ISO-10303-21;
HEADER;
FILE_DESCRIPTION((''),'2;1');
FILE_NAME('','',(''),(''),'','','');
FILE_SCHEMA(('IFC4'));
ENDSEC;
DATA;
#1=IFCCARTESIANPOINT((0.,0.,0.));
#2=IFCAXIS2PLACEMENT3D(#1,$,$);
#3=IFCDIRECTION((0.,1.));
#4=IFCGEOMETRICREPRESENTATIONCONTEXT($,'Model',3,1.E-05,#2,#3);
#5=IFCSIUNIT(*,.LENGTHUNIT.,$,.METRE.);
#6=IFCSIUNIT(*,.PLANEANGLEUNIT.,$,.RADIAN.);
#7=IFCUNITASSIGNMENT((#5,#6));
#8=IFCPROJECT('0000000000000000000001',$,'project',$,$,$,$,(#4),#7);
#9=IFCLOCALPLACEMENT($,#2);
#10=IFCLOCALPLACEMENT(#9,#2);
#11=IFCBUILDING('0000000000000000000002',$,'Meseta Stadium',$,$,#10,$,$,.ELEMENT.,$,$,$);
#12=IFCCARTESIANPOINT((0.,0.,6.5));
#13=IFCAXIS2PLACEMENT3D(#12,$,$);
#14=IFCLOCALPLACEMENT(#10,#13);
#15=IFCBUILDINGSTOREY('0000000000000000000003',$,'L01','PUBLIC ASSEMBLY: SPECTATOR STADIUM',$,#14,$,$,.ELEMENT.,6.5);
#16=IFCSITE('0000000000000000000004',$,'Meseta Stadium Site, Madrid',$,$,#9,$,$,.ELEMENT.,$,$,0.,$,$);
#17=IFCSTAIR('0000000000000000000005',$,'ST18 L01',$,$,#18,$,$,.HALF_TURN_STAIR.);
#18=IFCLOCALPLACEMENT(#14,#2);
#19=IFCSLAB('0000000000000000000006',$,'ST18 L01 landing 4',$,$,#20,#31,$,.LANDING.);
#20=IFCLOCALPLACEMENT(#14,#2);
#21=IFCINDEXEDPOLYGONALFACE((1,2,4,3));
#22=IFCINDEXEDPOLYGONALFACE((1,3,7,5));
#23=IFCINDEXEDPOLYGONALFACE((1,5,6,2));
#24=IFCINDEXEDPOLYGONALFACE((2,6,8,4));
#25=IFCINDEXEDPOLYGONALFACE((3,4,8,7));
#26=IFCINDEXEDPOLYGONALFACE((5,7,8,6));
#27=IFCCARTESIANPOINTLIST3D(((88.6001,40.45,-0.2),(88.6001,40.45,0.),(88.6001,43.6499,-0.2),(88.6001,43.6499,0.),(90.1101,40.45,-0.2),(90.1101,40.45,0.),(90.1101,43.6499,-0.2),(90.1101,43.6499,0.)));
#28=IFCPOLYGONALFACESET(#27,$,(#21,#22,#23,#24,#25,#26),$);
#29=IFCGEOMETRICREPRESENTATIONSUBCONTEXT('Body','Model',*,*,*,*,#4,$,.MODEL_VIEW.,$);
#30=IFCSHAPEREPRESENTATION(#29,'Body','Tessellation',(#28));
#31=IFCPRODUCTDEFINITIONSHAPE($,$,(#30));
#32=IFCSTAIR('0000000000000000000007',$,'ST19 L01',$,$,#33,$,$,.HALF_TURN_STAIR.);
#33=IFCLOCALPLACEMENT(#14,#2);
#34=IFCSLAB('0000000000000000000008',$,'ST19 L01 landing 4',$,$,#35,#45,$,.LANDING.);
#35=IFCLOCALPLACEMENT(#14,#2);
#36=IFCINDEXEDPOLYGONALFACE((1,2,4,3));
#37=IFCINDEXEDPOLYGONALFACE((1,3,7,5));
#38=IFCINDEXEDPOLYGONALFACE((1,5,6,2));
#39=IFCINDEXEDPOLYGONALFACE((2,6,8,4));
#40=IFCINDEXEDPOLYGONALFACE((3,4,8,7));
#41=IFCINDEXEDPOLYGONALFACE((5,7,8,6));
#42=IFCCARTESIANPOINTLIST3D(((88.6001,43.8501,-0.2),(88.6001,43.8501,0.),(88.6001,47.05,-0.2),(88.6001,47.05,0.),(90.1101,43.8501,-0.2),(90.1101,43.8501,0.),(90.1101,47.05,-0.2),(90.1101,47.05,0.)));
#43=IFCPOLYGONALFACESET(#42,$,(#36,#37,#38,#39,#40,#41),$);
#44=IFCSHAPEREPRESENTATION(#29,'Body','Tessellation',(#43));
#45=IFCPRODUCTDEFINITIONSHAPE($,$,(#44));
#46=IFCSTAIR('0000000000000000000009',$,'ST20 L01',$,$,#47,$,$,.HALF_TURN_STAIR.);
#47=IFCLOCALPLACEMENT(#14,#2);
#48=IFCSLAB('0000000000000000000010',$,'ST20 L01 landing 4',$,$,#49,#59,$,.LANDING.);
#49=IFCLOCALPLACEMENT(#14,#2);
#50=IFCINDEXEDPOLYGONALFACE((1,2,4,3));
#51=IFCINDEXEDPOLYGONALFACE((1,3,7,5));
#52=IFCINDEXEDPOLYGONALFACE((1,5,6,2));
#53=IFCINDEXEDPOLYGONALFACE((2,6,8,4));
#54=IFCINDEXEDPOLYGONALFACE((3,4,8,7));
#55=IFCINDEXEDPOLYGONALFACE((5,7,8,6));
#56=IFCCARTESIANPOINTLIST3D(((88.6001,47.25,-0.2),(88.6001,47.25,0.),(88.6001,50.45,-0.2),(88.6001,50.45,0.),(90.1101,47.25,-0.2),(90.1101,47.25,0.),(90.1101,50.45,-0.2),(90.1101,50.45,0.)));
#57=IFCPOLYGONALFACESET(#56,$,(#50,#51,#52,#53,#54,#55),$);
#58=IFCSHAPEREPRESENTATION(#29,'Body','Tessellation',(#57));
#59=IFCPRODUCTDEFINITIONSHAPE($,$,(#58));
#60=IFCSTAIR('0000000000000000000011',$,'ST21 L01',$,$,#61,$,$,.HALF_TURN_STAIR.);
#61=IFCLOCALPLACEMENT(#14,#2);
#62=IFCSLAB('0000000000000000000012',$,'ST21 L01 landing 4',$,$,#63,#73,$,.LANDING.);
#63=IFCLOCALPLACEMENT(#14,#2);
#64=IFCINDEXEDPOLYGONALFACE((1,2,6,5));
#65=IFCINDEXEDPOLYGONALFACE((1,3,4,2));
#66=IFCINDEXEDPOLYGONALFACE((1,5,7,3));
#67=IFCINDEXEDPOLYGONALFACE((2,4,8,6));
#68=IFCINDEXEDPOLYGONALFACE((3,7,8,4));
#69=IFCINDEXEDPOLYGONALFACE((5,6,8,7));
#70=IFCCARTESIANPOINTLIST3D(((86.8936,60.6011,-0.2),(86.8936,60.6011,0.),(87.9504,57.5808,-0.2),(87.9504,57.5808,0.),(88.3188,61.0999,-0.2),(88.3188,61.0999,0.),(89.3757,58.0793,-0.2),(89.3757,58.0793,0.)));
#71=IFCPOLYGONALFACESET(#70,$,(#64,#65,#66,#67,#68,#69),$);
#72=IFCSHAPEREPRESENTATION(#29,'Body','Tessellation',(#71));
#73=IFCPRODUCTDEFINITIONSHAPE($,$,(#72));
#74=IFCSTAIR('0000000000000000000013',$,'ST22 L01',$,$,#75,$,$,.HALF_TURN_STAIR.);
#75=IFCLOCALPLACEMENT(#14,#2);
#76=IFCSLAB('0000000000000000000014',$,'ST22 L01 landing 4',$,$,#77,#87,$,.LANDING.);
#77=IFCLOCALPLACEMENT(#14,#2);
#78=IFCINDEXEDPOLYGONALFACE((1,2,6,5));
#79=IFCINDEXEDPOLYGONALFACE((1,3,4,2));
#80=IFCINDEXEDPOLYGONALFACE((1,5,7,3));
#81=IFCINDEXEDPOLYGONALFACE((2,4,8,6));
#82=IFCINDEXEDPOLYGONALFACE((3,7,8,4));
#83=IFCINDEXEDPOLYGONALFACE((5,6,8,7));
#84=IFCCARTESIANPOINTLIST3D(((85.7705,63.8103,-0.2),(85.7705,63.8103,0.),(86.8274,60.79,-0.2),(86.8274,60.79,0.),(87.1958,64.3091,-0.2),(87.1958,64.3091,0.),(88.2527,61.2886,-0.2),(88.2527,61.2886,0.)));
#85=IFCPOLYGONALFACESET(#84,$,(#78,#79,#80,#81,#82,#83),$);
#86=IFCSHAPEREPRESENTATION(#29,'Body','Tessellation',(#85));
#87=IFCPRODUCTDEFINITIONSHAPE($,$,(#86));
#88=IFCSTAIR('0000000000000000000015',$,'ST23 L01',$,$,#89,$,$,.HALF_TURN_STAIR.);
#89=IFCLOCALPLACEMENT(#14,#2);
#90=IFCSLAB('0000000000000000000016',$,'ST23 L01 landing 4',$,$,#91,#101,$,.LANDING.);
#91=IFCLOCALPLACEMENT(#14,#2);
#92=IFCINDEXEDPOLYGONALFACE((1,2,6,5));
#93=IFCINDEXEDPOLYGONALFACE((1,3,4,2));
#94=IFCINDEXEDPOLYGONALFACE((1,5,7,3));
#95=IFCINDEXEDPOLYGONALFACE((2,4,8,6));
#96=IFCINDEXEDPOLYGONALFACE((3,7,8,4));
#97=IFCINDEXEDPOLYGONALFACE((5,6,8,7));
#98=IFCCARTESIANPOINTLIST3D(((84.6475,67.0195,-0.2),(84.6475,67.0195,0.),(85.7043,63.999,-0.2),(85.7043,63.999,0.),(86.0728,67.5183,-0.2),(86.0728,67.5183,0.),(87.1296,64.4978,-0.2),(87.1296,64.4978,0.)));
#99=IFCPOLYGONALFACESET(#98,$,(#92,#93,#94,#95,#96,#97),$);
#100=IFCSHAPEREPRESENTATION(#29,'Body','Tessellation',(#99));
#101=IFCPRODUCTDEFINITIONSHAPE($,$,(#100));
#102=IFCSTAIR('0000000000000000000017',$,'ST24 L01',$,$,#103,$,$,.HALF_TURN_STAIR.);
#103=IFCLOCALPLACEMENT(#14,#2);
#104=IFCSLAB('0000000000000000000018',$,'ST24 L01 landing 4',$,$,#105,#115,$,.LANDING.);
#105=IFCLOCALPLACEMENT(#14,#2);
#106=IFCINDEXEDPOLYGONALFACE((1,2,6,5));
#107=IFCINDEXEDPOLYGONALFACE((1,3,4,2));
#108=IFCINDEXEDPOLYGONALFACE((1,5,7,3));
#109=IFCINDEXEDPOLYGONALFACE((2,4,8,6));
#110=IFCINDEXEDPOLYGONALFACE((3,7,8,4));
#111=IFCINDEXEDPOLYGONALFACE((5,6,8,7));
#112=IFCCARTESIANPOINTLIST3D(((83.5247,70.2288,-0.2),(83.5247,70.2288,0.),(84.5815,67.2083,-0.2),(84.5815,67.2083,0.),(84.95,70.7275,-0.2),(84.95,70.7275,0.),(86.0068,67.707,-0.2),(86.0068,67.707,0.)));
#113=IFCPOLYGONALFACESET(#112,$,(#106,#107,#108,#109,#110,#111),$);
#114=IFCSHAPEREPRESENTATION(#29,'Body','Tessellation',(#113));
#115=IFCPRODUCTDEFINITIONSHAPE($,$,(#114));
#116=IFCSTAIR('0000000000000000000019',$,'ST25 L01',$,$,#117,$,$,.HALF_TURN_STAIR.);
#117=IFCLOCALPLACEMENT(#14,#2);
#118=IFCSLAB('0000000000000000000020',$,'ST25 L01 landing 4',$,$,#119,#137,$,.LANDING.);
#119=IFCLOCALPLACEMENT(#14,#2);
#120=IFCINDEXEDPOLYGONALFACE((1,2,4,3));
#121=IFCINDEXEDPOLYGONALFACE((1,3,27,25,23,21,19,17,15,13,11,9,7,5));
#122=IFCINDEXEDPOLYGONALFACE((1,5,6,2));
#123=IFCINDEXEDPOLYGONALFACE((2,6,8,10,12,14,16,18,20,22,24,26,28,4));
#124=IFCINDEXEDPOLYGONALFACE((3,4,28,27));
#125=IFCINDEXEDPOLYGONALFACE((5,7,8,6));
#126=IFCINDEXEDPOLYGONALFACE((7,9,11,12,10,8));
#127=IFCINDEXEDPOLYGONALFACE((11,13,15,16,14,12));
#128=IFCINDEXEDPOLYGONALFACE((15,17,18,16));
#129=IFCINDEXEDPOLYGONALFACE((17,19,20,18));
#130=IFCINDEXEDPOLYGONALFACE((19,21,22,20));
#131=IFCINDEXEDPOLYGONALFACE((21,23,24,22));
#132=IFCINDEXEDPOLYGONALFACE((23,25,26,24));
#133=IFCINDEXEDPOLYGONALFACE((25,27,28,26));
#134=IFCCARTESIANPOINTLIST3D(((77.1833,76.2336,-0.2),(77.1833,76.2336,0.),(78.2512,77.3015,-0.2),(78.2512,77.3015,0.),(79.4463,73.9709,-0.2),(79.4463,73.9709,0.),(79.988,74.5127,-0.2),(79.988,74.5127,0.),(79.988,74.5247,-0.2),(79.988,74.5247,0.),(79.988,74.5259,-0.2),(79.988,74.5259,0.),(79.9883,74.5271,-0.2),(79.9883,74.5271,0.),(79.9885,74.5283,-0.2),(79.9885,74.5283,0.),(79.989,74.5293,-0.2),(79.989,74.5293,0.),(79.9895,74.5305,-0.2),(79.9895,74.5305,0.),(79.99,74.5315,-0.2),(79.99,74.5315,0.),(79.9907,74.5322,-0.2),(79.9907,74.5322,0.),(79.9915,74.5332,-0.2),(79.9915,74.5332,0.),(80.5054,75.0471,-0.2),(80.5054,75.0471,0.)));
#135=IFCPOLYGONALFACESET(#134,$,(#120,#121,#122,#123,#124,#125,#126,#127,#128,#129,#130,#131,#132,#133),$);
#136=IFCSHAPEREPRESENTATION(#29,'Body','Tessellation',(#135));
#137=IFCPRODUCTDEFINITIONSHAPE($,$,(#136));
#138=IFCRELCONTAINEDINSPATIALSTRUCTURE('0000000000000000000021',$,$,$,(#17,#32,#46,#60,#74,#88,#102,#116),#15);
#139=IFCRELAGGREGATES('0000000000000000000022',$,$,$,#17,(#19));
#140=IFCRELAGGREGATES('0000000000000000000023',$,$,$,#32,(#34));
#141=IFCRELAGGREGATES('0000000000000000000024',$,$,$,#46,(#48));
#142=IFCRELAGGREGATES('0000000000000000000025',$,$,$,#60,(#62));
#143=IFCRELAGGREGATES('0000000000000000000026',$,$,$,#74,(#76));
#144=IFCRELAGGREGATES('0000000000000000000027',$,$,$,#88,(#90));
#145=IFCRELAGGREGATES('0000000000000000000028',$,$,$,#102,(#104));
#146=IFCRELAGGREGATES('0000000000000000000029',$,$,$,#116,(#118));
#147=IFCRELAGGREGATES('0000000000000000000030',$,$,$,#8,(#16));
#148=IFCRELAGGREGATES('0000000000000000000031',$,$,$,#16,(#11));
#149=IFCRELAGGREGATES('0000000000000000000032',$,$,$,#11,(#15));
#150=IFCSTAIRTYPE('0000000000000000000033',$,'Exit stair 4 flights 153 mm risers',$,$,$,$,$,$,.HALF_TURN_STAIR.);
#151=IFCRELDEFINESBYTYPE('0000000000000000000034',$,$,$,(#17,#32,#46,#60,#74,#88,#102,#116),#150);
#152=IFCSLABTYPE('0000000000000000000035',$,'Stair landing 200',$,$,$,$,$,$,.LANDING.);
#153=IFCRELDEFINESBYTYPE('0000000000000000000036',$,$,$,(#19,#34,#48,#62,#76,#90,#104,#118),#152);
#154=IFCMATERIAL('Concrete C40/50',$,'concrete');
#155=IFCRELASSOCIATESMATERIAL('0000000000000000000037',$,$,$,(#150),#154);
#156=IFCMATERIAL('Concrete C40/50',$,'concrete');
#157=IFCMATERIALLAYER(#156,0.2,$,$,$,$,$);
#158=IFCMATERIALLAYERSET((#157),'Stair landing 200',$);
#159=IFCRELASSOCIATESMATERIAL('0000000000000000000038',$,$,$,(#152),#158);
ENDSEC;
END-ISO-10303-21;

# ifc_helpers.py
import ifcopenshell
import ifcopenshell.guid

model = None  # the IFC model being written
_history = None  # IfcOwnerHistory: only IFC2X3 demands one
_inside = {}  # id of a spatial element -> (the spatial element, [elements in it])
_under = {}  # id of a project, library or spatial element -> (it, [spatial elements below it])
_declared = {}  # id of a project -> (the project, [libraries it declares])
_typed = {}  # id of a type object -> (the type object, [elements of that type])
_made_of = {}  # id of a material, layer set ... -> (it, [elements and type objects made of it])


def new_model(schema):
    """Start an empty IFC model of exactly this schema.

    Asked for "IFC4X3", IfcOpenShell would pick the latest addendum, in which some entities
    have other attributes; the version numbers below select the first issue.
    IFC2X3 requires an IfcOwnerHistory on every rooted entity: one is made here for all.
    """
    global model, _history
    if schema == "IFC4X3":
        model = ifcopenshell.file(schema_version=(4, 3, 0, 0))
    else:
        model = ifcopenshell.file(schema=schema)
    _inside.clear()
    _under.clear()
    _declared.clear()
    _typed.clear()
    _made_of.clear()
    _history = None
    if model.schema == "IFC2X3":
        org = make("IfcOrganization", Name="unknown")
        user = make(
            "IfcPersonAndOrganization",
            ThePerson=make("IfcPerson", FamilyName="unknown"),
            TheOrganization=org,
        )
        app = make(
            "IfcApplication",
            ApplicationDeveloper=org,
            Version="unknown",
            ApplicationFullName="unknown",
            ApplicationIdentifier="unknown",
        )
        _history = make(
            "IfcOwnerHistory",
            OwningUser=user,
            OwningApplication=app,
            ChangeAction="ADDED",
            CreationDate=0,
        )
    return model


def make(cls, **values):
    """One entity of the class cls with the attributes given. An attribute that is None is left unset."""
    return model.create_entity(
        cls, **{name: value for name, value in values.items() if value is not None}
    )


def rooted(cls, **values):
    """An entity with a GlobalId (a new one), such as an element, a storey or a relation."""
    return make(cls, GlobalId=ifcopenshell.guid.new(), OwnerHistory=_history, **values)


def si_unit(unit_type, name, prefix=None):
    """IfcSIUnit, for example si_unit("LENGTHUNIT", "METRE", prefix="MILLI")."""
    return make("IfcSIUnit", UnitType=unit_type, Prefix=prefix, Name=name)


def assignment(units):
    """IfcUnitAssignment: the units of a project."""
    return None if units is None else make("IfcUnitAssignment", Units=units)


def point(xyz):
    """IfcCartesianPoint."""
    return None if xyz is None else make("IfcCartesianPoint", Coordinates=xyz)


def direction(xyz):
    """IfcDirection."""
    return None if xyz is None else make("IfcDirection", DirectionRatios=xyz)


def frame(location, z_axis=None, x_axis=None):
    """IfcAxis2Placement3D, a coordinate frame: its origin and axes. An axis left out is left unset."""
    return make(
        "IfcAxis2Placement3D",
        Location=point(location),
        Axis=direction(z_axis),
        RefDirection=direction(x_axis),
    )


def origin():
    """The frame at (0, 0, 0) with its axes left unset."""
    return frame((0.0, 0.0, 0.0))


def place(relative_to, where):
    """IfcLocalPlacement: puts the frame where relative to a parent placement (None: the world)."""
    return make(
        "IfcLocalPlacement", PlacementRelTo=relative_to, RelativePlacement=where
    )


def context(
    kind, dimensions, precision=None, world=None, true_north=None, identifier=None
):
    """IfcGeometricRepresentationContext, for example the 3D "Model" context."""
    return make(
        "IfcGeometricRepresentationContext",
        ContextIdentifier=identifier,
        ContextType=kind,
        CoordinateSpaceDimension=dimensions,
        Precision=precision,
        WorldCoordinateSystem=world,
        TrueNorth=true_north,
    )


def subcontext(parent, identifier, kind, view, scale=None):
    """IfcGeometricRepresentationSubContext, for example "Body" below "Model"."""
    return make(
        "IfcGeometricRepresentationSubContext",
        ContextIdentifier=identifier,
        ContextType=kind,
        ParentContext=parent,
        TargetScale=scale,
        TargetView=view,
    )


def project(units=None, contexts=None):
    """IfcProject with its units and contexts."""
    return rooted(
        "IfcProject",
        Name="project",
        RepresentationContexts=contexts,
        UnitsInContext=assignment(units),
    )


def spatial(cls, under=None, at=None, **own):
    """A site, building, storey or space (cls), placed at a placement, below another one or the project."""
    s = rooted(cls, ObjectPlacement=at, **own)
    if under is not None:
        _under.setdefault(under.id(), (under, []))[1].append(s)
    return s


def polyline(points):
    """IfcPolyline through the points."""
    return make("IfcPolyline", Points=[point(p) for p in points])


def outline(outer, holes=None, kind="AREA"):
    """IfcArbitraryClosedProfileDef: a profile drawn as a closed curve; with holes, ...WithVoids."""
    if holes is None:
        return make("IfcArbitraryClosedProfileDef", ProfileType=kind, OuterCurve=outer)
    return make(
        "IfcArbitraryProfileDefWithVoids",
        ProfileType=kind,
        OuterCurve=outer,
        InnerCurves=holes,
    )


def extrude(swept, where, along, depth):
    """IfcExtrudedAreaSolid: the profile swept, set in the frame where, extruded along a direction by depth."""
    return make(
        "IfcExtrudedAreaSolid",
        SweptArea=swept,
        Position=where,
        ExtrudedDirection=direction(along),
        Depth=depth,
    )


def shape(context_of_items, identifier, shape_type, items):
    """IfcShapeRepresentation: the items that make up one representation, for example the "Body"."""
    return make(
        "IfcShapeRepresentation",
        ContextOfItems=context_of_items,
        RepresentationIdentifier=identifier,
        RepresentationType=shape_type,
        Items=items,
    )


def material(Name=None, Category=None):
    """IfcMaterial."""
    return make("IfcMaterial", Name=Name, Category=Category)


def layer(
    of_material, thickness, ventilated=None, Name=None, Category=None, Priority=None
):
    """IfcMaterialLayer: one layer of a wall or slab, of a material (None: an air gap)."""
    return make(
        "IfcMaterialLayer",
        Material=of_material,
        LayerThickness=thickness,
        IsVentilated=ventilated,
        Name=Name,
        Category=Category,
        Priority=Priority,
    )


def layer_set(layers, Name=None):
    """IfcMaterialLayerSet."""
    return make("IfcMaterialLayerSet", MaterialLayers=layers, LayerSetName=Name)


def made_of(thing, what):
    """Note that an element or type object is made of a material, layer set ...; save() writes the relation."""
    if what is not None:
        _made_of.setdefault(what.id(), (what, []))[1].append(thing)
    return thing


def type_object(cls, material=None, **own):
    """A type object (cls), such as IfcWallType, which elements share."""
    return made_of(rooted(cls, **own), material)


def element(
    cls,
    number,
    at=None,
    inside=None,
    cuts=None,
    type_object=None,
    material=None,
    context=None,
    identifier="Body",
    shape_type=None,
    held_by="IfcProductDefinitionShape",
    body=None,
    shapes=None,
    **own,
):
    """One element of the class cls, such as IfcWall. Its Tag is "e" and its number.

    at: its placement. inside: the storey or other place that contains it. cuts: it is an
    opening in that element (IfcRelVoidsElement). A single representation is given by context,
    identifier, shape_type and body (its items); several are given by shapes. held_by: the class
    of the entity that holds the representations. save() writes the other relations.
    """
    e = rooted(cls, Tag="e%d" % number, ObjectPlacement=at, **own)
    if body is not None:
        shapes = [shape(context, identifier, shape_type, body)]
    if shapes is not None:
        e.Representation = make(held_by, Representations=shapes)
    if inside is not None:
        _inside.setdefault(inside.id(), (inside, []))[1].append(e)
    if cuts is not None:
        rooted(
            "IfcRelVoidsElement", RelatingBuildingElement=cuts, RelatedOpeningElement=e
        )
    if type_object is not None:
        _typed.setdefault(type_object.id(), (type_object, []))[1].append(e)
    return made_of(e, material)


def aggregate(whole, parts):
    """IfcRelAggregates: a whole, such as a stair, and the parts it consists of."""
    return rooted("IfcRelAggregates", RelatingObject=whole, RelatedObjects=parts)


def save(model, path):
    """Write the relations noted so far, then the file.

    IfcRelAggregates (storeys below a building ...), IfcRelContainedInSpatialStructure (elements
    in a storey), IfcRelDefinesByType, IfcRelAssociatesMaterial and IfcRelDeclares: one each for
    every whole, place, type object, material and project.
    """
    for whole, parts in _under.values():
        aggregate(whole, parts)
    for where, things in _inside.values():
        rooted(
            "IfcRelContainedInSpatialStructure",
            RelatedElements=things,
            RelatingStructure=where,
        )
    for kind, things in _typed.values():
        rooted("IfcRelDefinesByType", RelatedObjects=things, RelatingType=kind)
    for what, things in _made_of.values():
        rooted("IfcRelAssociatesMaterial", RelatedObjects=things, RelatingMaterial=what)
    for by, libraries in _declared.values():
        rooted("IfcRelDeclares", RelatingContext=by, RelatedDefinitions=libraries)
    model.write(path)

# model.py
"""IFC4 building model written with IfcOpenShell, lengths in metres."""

from ifc_helpers import new_model, si_unit, direction, frame, origin, place, context, subcontext, project, spatial, polyline, outline, extrude, material, layer, layer_set, type_object, element, aggregate, save


model = new_model("IFC4")

# Units and contexts
model_context = context("Model", 3, precision=1e-05, world=origin(), true_north=direction((0.0, 1.0)))
body_context = subcontext(model_context, "Body", "Model", "MODEL_VIEW")
ifc_project = project(units=[si_unit("LENGTHUNIT", "METRE"), si_unit("PLANEANGLEUNIT", "RADIAN")], contexts=[model_context])

# Site, building, storey
site_placement = place(None, origin())
site = spatial("IfcSite", under=ifc_project, at=site_placement, Name="Meseta Stadium Site, Madrid", CompositionType="ELEMENT", RefElevation=0.0)
building_placement = place(site_placement, origin())
building = spatial("IfcBuilding", under=site, at=building_placement, Name="Meseta Stadium", CompositionType="ELEMENT")
storey_placement = place(building_placement, frame((0.0, 0.0, 6.5)))
storey = spatial("IfcBuildingStorey", under=building, at=storey_placement, Name="L01", Description="PUBLIC ASSEMBLY: SPECTATOR STADIUM", CompositionType="ELEMENT", Elevation=6.5)

# Stairs, slabs
ifc_material_1 = material(Name="Concrete C40/50", Category="concrete")
stair_type = type_object("IfcStairType", Name="Exit stair 4 flights 153 mm risers", PredefinedType="HALF_TURN_STAIR", material=ifc_material_1)
ifc_material_2 = material(Name="Concrete C40/50", Category="concrete")
ifc_layer_1 = layer(ifc_material_2, 0.2)
ifc_layer_set_1 = layer_set([ifc_layer_1], Name="Stair landing 200")
slab_type_1 = type_object("IfcSlabType", Name="Stair landing 200", PredefinedType="LANDING", material=ifc_layer_set_1)
stair_1_placement = place(storey_placement, origin())
stair_1 = element("IfcStair", 1, at=stair_1_placement, inside=storey, type_object=stair_type, Name="ST18 L01", PredefinedType="HALF_TURN_STAIR")
slab_1_placement = place(storey_placement, frame((0.0, 0.0, -0.2)))
slab_1 = element("IfcSlab", 2, at=slab_1_placement, type_object=slab_type_1, Name="ST18 L01 landing 4", PredefinedType="LANDING", context=body_context, shape_type="SweptSolid", body=[
    extrude(outline(polyline([(88.6001, 40.45), (90.1101, 40.45), (90.1101, 43.6499), (88.6001, 43.6499), (88.6001, 40.45)])), origin(), (0.0, 0.0, 1.0), 0.2),
])
aggregate(stair_1, [slab_1])
stair_2_placement = place(storey_placement, origin())
stair_2 = element("IfcStair", 3, at=stair_2_placement, inside=storey, type_object=stair_type, Name="ST19 L01", PredefinedType="HALF_TURN_STAIR")
slab_2_placement = place(storey_placement, frame((0.0, 0.0, -0.2)))
slab_2 = element("IfcSlab", 4, at=slab_2_placement, type_object=slab_type_1, Name="ST19 L01 landing 4", PredefinedType="LANDING", context=body_context, shape_type="SweptSolid", body=[
    extrude(outline(polyline([(88.6001, 43.8501), (90.1101, 43.8501), (90.1101, 47.05), (88.6001, 47.05), (88.6001, 43.8501)])), origin(), (0.0, 0.0, 1.0), 0.2),
])
aggregate(stair_2, [slab_2])
stair_3_placement = place(storey_placement, origin())
stair_3 = element("IfcStair", 5, at=stair_3_placement, inside=storey, type_object=stair_type, Name="ST20 L01", PredefinedType="HALF_TURN_STAIR")
slab_3_placement = place(storey_placement, frame((0.0, 0.0, -0.2)))
slab_3 = element("IfcSlab", 6, at=slab_3_placement, type_object=slab_type_1, Name="ST20 L01 landing 4", PredefinedType="LANDING", context=body_context, shape_type="SweptSolid", body=[
    extrude(outline(polyline([(88.6001, 47.25), (90.1101, 47.25), (90.1101, 50.45), (88.6001, 50.45), (88.6001, 47.25)])), origin(), (0.0, 0.0, 1.0), 0.2),
])
aggregate(stair_3, [slab_3])
stair_4_placement = place(storey_placement, origin())
stair_4 = element("IfcStair", 7, at=stair_4_placement, inside=storey, type_object=stair_type, Name="ST21 L01", PredefinedType="HALF_TURN_STAIR")
slab_4_placement = place(storey_placement, frame((0.0, 0.0, -0.2)))
slab_4 = element("IfcSlab", 8, at=slab_4_placement, type_object=slab_type_1, Name="ST21 L01 landing 4", PredefinedType="LANDING", context=body_context, shape_type="SweptSolid", body=[
    extrude(outline(polyline([(87.9504, 57.5808), (89.3757, 58.0793), (88.3188, 61.0999), (86.8936, 60.6011), (87.9504, 57.5808)])), origin(), (0.0, 0.0, 1.0), 0.2),
])
aggregate(stair_4, [slab_4])
stair_5_placement = place(storey_placement, origin())
stair_5 = element("IfcStair", 9, at=stair_5_placement, inside=storey, type_object=stair_type, Name="ST22 L01", PredefinedType="HALF_TURN_STAIR")
slab_5_placement = place(storey_placement, frame((0.0, 0.0, -0.2)))
slab_5 = element("IfcSlab", 10, at=slab_5_placement, type_object=slab_type_1, Name="ST22 L01 landing 4", PredefinedType="LANDING", context=body_context, shape_type="SweptSolid", body=[
    extrude(outline(polyline([(86.8274, 60.79), (88.2527, 61.2886), (87.1958, 64.3091), (85.7705, 63.8103), (86.8274, 60.79)])), origin(), (0.0, 0.0, 1.0), 0.2),
])
aggregate(stair_5, [slab_5])
stair_6_placement = place(storey_placement, origin())
stair_6 = element("IfcStair", 11, at=stair_6_placement, inside=storey, type_object=stair_type, Name="ST23 L01", PredefinedType="HALF_TURN_STAIR")
slab_6_placement = place(storey_placement, frame((0.0, 0.0, -0.2)))
slab_6 = element("IfcSlab", 12, at=slab_6_placement, type_object=slab_type_1, Name="ST23 L01 landing 4", PredefinedType="LANDING", context=body_context, shape_type="SweptSolid", body=[
    extrude(outline(polyline([(85.7043, 63.999), (87.1296, 64.4978), (86.0728, 67.5183), (84.6475, 67.0195), (85.7043, 63.999)])), origin(), (0.0, 0.0, 1.0), 0.2),
])
aggregate(stair_6, [slab_6])
stair_7_placement = place(storey_placement, origin())
stair_7 = element("IfcStair", 13, at=stair_7_placement, inside=storey, type_object=stair_type, Name="ST24 L01", PredefinedType="HALF_TURN_STAIR")
slab_7_placement = place(storey_placement, frame((0.0, 0.0, -0.2)))
slab_7 = element("IfcSlab", 14, at=slab_7_placement, type_object=slab_type_1, Name="ST24 L01 landing 4", PredefinedType="LANDING", context=body_context, shape_type="SweptSolid", body=[
    extrude(outline(polyline([(84.5815, 67.2083), (86.0068, 67.707), (84.95, 70.7275), (83.5247, 70.2288), (84.5815, 67.2083)])), origin(), (0.0, 0.0, 1.0), 0.2),
])
aggregate(stair_7, [slab_7])
stair_8_placement = place(storey_placement, origin())
stair_8 = element("IfcStair", 15, at=stair_8_placement, inside=storey, type_object=stair_type, Name="ST25 L01", PredefinedType="HALF_TURN_STAIR")
slab_8_placement = place(storey_placement, frame((0.0, 0.0, -0.2)))
slab_8 = element("IfcSlab", 16, at=slab_8_placement, type_object=slab_type_1, Name="ST25 L01 landing 4", PredefinedType="LANDING", context=body_context, shape_type="SweptSolid", body=[
    extrude(outline(polyline([(79.4463, 73.9709), (79.988, 74.5127), (79.988, 74.5247), (79.988, 74.5259), (79.9883, 74.5271), (79.9885, 74.5283), (79.989, 74.5293), (79.9895, 74.5305), (79.99, 74.5315), (79.9907, 74.5322), (79.9915, 74.5332), (80.5054, 75.0471), (78.2512, 77.3015), (77.1833, 76.2336), (79.4463, 73.9709)])), origin(), (0.0, 0.0, 1.0), 0.2),
])
aggregate(stair_8, [slab_8])

save(model, "model.ifc")
